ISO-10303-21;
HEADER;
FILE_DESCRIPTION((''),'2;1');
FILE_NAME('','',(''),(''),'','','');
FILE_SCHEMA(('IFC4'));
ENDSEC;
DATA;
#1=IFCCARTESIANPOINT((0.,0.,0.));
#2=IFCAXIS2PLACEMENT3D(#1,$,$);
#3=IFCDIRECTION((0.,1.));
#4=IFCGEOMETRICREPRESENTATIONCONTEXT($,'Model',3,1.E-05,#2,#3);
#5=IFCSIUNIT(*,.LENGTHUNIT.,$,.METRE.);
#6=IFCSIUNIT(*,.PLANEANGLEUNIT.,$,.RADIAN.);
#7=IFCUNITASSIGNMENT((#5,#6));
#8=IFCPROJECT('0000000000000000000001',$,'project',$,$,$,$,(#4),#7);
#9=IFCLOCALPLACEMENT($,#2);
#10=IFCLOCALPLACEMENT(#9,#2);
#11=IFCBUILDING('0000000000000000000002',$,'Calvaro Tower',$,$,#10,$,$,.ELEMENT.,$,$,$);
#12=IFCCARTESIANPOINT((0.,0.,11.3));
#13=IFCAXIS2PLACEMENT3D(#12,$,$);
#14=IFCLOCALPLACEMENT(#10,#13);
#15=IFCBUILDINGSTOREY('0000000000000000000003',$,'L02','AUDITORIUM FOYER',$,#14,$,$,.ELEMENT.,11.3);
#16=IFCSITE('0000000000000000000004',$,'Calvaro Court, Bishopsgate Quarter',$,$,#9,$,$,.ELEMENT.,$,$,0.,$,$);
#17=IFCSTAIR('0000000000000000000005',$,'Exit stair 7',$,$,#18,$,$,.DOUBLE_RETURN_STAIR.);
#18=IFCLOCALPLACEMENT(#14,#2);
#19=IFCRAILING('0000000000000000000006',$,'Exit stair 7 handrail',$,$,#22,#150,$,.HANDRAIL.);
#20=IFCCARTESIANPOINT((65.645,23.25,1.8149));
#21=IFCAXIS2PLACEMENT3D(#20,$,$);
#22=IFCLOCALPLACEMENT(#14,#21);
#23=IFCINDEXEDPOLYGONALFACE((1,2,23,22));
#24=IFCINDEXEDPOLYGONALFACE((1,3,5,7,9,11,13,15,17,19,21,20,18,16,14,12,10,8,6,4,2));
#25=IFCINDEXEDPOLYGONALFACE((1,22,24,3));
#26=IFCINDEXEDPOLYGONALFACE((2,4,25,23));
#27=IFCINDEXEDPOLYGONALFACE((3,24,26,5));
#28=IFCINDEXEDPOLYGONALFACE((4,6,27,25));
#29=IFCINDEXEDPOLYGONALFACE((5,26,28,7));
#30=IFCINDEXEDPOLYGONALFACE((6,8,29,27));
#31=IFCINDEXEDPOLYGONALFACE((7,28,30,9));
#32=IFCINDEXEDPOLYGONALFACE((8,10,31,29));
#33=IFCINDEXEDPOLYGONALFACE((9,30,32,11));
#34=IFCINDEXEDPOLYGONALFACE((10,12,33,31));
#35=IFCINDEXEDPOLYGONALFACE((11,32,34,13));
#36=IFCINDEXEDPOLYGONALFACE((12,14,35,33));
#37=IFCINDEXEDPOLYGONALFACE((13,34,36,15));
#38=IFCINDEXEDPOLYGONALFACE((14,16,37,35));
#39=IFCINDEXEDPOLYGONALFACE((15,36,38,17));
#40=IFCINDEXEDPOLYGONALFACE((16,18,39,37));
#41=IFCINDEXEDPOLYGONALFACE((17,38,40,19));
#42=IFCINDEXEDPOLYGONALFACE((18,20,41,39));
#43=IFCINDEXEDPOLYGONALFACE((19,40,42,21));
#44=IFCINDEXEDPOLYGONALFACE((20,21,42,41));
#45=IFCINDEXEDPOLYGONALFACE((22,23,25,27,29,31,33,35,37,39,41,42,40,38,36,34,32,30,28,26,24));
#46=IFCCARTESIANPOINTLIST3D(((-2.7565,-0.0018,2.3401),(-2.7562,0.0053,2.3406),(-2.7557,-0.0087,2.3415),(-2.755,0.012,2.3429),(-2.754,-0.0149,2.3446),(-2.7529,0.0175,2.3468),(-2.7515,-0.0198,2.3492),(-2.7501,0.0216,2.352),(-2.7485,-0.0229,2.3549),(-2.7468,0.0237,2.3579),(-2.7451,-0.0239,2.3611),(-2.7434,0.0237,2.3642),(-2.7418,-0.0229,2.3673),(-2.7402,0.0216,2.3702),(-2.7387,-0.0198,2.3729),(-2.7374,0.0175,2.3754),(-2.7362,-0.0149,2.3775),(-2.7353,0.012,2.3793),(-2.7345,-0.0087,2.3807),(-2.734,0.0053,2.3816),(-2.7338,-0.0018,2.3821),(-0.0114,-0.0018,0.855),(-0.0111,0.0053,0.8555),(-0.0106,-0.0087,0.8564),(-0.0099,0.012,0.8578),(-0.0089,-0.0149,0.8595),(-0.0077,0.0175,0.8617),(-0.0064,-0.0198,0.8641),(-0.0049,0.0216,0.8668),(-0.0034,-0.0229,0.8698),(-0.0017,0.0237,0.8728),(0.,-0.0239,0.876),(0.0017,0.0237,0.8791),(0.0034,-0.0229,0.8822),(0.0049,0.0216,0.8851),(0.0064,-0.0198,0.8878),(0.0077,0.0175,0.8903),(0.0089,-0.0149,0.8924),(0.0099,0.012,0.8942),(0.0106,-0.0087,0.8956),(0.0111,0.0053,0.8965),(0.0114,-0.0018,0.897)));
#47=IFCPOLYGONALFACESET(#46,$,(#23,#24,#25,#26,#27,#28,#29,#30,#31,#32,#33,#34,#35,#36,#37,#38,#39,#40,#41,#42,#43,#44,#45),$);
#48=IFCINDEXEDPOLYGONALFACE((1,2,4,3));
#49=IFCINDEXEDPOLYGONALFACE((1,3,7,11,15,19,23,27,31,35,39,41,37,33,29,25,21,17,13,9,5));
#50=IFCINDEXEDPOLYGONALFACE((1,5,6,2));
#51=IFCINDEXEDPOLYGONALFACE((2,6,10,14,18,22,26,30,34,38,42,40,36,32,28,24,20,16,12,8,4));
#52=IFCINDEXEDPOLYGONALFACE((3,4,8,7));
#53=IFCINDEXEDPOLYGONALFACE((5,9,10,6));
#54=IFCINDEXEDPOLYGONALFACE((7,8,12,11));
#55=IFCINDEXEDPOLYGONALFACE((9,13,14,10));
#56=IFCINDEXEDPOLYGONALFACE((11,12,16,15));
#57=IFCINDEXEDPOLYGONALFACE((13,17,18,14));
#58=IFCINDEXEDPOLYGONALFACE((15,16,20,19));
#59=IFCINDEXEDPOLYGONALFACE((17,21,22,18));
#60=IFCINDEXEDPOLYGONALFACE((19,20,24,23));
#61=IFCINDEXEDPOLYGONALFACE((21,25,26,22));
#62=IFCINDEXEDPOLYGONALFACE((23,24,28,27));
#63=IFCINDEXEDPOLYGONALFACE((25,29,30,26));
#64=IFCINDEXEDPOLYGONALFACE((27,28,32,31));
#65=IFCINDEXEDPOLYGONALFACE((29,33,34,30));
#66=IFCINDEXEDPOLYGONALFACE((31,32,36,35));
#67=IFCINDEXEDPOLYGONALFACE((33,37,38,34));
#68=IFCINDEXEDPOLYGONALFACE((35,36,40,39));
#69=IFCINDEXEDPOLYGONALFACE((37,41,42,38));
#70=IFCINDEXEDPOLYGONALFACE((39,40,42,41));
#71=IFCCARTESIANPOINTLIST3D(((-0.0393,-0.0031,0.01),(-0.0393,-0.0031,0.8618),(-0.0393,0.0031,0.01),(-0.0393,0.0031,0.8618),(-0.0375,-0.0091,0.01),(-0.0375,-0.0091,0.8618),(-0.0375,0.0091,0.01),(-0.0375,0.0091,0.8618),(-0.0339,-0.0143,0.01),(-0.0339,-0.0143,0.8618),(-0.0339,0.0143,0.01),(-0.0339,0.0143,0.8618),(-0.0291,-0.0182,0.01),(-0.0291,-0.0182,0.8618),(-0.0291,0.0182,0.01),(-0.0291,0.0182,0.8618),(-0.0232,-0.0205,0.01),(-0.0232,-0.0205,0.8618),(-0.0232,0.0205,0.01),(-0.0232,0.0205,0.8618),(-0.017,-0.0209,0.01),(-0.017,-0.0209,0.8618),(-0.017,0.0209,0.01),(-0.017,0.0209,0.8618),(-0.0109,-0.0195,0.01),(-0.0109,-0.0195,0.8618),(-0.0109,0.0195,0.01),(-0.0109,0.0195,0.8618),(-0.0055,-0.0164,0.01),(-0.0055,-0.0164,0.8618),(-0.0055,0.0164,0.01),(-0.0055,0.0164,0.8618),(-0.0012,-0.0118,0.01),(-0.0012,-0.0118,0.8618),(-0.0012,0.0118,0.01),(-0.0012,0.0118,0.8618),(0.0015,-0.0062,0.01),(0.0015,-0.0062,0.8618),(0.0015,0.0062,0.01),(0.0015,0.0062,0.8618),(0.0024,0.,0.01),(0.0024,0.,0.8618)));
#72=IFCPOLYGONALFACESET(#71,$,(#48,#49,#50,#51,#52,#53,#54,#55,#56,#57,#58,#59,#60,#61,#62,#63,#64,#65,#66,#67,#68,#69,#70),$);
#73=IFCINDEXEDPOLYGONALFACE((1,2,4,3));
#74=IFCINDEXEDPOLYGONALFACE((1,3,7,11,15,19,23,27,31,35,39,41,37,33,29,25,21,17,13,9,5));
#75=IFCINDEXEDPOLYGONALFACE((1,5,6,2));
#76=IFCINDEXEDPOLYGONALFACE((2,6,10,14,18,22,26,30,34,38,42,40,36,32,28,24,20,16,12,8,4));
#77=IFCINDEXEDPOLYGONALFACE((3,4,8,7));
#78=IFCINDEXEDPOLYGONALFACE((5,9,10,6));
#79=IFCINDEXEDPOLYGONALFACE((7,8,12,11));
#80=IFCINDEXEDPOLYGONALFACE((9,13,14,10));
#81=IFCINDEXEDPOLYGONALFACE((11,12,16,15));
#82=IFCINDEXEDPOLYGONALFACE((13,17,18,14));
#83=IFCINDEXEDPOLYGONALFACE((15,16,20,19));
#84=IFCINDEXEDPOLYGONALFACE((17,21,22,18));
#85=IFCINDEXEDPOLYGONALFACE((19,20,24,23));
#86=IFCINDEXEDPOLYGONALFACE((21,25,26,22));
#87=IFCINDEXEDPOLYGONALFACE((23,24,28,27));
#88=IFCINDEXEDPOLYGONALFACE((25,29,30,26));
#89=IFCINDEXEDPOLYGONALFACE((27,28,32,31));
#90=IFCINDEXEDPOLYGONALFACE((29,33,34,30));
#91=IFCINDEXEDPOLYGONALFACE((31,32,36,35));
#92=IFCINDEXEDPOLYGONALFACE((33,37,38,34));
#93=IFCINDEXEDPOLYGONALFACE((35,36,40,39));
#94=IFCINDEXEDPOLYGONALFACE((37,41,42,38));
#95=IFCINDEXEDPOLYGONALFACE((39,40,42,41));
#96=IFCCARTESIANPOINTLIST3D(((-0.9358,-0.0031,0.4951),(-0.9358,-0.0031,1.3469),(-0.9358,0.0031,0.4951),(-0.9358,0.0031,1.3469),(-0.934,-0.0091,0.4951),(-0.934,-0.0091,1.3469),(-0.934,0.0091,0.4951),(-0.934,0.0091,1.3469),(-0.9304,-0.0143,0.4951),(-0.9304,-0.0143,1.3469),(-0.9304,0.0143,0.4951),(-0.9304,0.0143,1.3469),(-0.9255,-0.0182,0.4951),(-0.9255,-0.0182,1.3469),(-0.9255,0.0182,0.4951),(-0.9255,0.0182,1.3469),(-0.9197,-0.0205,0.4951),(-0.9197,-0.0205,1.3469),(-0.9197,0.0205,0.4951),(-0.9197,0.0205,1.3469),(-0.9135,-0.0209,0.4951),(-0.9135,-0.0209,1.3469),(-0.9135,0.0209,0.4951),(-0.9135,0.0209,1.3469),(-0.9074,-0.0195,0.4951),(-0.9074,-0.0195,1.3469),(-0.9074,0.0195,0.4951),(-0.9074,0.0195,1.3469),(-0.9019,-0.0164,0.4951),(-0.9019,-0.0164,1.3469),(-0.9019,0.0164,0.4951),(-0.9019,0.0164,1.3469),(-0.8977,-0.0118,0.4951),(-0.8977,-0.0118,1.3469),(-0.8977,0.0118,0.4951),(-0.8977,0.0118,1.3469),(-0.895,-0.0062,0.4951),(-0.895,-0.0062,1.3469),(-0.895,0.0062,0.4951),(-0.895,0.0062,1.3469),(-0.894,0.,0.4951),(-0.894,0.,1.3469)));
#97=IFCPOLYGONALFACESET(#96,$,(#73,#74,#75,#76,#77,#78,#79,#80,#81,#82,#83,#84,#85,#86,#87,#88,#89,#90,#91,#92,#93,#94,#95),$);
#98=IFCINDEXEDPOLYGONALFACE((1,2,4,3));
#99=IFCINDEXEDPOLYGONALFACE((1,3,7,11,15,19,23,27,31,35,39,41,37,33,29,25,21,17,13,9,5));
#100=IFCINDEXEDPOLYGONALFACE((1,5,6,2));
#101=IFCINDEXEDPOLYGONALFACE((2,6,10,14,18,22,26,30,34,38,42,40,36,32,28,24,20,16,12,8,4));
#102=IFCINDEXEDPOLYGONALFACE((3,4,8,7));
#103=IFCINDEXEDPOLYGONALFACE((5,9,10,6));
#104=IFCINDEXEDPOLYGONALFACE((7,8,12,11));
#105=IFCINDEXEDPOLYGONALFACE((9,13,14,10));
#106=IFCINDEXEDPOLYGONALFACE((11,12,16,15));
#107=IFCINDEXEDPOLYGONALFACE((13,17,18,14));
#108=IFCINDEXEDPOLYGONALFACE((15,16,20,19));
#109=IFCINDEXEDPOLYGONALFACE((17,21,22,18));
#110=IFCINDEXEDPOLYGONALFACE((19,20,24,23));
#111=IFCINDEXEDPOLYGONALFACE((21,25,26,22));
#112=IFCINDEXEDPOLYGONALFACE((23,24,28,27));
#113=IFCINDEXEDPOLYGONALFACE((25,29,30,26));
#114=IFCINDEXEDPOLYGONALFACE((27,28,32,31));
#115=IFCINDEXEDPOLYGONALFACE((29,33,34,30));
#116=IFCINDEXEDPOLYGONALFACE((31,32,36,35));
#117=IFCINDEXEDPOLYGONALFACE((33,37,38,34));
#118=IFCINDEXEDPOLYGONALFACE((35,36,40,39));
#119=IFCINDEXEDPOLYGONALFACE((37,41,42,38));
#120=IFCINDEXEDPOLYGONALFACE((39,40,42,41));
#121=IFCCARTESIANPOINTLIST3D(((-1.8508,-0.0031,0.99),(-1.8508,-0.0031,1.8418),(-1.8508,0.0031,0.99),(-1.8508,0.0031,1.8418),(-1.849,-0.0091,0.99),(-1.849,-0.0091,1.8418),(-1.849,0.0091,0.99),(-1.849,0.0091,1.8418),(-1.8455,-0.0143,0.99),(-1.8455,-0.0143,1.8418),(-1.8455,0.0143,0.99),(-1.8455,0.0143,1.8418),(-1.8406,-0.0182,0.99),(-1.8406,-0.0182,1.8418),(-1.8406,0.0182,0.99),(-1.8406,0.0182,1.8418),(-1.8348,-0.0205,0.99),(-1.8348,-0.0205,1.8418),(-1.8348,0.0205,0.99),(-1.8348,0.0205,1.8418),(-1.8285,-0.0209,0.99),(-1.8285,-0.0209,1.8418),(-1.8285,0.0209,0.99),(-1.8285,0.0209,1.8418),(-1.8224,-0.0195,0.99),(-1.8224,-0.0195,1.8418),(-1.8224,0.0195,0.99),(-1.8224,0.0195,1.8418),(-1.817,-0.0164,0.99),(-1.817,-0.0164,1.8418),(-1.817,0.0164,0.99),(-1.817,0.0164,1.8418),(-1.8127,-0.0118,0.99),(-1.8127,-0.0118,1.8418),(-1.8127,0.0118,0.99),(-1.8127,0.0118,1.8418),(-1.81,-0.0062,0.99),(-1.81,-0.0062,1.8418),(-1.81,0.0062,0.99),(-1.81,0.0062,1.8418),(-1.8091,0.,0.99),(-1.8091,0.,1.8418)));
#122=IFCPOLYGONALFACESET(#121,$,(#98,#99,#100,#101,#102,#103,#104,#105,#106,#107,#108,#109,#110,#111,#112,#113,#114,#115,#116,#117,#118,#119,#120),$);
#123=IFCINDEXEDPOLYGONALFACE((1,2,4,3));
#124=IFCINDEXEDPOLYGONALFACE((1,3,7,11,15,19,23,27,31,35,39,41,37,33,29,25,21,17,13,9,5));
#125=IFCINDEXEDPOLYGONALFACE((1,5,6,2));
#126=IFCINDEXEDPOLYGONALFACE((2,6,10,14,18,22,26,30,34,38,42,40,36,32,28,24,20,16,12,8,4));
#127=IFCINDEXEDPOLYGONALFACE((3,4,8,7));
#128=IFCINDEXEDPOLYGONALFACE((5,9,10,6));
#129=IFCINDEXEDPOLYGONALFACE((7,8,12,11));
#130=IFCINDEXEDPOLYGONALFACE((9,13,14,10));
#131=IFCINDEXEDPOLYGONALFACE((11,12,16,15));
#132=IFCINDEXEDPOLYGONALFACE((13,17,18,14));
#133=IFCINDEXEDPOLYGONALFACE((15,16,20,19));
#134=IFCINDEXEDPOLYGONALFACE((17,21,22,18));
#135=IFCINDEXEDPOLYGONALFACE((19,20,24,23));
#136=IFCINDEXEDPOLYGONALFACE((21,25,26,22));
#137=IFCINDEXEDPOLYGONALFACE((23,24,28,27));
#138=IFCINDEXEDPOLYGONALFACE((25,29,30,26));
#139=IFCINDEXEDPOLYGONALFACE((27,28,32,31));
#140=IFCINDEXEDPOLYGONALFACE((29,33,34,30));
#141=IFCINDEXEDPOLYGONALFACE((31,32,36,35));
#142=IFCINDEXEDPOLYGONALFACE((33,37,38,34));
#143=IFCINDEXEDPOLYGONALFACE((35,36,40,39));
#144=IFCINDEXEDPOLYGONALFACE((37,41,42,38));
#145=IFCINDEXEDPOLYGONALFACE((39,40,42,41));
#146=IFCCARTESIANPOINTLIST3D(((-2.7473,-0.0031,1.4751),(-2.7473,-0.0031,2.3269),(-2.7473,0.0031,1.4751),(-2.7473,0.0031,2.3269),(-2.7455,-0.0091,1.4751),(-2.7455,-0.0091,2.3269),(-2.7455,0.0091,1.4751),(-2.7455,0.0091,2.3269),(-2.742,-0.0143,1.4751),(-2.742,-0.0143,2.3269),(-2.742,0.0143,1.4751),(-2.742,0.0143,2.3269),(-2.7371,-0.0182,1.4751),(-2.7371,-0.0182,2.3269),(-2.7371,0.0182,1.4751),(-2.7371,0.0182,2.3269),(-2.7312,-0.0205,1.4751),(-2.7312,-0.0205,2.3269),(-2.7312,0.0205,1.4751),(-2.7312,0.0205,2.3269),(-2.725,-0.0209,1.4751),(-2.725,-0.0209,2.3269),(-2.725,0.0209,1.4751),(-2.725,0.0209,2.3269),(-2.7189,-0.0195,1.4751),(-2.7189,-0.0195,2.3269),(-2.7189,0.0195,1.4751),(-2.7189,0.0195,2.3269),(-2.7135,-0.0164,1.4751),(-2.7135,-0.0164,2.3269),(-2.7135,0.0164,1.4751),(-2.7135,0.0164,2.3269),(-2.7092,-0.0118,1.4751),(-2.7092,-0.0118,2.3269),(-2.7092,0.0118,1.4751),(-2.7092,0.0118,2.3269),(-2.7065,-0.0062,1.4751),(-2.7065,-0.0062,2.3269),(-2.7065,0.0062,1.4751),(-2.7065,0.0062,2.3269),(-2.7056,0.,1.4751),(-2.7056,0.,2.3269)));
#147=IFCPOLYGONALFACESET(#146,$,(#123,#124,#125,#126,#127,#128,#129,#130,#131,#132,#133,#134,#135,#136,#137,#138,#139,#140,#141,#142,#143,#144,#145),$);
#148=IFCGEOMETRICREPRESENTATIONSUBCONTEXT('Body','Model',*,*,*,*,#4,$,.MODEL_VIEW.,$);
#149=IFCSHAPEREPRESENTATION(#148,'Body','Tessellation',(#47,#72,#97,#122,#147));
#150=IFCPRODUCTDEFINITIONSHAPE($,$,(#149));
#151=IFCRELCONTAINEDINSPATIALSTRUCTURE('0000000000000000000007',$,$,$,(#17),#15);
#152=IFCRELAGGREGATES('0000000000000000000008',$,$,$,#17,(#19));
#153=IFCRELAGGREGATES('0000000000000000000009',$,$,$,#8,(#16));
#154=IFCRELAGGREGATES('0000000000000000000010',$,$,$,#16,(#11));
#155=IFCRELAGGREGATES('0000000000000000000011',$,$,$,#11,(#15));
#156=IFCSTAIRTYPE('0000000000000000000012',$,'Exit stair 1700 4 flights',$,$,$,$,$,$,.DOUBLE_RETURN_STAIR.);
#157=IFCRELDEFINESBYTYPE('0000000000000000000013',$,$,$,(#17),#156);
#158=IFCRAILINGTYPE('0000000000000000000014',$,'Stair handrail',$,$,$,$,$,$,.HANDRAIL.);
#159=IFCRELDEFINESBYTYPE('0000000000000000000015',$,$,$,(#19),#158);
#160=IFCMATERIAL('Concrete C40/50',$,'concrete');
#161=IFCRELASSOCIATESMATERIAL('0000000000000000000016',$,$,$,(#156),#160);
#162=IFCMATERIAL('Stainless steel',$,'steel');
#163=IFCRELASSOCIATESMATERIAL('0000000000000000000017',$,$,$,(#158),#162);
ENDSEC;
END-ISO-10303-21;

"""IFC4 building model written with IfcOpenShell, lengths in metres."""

from ifc_helpers import new_model, si_unit, direction, frame, origin, origin_2d, place, context, subcontext, project, spatial, circle, extrude, material, type_object, element, aggregate, save


model = new_model("IFC4")

# Units and contexts
model_context = context("Model", 3, precision=1e-05, world=origin(), true_north=direction((0.0, 1.0)))
body_context = subcontext(model_context, "Body", "Model", "MODEL_VIEW")
ifc_project = project(units=[si_unit("LENGTHUNIT", "METRE"), si_unit("PLANEANGLEUNIT", "RADIAN")], contexts=[model_context])

# Site, building, storey
site_placement = place(None, origin())
site = spatial("IfcSite", under=ifc_project, at=site_placement, Name="Calvaro Court, Bishopsgate Quarter", CompositionType="ELEMENT", RefElevation=0.0)
building_placement = place(site_placement, origin())
building = spatial("IfcBuilding", under=site, at=building_placement, Name="Calvaro Tower", CompositionType="ELEMENT")
storey_placement = place(building_placement, frame((0.0, 0.0, 11.3)))
storey = spatial("IfcBuildingStorey", under=building, at=storey_placement, Name="L02", Description="AUDITORIUM FOYER", CompositionType="ELEMENT", Elevation=11.3)

# Stair, railing
ifc_material_1 = material(Name="Concrete C40/50", Category="concrete")
stair_type = type_object("IfcStairType", Name="Exit stair 1700 4 flights", PredefinedType="DOUBLE_RETURN_STAIR", material=ifc_material_1)
stair_placement = place(storey_placement, origin())
stair = element("IfcStair", 1, at=stair_placement, inside=storey, type_object=stair_type, Name="Exit stair 7", PredefinedType="DOUBLE_RETURN_STAIR")
ifc_material_2 = material(Name="Stainless steel", Category="steel")
railing_type = type_object("IfcRailingType", Name="Stair handrail", PredefinedType="HANDRAIL", material=ifc_material_2)
railing_1_placement = place(storey_placement, frame((65.645, 23.25, 1.8149)))
railing_1 = element("IfcRailing", 2, at=railing_1_placement, type_object=railing_type, Name="Exit stair 7 handrail", PredefinedType="HANDRAIL", context=body_context, shape_type="SweptSolid", body=[
    extrude(circle(Radius=0.0239, at=origin_2d()), frame((0.0, 0.0, 0.876), z_axis=(-0.879538, 0.0, 0.475829), x_axis=(0.0, -1.0, 0.0)), (0.0, 0.0, 1.0), 3.1211),
    extrude(circle(Radius=0.021, at=origin_2d()), frame((-0.0186, 0.0, 0.01)), (0.0, 0.0, 1.0), 0.8518),
    extrude(circle(Radius=0.021, at=origin_2d()), frame((-0.915, 0.0, 0.4951)), (0.0, 0.0, 1.0), 0.8518),
    extrude(circle(Radius=0.021, at=origin_2d()), frame((-1.8301, 0.0, 0.99)), (0.0, 0.0, 1.0), 0.8518),
    extrude(circle(Radius=0.021, at=origin_2d()), frame((-2.7266, 0.0, 1.4751)), (0.0, 0.0, 1.0), 0.8518),
])
aggregate(stair, [railing_1])

save(model, "model.ifc")
